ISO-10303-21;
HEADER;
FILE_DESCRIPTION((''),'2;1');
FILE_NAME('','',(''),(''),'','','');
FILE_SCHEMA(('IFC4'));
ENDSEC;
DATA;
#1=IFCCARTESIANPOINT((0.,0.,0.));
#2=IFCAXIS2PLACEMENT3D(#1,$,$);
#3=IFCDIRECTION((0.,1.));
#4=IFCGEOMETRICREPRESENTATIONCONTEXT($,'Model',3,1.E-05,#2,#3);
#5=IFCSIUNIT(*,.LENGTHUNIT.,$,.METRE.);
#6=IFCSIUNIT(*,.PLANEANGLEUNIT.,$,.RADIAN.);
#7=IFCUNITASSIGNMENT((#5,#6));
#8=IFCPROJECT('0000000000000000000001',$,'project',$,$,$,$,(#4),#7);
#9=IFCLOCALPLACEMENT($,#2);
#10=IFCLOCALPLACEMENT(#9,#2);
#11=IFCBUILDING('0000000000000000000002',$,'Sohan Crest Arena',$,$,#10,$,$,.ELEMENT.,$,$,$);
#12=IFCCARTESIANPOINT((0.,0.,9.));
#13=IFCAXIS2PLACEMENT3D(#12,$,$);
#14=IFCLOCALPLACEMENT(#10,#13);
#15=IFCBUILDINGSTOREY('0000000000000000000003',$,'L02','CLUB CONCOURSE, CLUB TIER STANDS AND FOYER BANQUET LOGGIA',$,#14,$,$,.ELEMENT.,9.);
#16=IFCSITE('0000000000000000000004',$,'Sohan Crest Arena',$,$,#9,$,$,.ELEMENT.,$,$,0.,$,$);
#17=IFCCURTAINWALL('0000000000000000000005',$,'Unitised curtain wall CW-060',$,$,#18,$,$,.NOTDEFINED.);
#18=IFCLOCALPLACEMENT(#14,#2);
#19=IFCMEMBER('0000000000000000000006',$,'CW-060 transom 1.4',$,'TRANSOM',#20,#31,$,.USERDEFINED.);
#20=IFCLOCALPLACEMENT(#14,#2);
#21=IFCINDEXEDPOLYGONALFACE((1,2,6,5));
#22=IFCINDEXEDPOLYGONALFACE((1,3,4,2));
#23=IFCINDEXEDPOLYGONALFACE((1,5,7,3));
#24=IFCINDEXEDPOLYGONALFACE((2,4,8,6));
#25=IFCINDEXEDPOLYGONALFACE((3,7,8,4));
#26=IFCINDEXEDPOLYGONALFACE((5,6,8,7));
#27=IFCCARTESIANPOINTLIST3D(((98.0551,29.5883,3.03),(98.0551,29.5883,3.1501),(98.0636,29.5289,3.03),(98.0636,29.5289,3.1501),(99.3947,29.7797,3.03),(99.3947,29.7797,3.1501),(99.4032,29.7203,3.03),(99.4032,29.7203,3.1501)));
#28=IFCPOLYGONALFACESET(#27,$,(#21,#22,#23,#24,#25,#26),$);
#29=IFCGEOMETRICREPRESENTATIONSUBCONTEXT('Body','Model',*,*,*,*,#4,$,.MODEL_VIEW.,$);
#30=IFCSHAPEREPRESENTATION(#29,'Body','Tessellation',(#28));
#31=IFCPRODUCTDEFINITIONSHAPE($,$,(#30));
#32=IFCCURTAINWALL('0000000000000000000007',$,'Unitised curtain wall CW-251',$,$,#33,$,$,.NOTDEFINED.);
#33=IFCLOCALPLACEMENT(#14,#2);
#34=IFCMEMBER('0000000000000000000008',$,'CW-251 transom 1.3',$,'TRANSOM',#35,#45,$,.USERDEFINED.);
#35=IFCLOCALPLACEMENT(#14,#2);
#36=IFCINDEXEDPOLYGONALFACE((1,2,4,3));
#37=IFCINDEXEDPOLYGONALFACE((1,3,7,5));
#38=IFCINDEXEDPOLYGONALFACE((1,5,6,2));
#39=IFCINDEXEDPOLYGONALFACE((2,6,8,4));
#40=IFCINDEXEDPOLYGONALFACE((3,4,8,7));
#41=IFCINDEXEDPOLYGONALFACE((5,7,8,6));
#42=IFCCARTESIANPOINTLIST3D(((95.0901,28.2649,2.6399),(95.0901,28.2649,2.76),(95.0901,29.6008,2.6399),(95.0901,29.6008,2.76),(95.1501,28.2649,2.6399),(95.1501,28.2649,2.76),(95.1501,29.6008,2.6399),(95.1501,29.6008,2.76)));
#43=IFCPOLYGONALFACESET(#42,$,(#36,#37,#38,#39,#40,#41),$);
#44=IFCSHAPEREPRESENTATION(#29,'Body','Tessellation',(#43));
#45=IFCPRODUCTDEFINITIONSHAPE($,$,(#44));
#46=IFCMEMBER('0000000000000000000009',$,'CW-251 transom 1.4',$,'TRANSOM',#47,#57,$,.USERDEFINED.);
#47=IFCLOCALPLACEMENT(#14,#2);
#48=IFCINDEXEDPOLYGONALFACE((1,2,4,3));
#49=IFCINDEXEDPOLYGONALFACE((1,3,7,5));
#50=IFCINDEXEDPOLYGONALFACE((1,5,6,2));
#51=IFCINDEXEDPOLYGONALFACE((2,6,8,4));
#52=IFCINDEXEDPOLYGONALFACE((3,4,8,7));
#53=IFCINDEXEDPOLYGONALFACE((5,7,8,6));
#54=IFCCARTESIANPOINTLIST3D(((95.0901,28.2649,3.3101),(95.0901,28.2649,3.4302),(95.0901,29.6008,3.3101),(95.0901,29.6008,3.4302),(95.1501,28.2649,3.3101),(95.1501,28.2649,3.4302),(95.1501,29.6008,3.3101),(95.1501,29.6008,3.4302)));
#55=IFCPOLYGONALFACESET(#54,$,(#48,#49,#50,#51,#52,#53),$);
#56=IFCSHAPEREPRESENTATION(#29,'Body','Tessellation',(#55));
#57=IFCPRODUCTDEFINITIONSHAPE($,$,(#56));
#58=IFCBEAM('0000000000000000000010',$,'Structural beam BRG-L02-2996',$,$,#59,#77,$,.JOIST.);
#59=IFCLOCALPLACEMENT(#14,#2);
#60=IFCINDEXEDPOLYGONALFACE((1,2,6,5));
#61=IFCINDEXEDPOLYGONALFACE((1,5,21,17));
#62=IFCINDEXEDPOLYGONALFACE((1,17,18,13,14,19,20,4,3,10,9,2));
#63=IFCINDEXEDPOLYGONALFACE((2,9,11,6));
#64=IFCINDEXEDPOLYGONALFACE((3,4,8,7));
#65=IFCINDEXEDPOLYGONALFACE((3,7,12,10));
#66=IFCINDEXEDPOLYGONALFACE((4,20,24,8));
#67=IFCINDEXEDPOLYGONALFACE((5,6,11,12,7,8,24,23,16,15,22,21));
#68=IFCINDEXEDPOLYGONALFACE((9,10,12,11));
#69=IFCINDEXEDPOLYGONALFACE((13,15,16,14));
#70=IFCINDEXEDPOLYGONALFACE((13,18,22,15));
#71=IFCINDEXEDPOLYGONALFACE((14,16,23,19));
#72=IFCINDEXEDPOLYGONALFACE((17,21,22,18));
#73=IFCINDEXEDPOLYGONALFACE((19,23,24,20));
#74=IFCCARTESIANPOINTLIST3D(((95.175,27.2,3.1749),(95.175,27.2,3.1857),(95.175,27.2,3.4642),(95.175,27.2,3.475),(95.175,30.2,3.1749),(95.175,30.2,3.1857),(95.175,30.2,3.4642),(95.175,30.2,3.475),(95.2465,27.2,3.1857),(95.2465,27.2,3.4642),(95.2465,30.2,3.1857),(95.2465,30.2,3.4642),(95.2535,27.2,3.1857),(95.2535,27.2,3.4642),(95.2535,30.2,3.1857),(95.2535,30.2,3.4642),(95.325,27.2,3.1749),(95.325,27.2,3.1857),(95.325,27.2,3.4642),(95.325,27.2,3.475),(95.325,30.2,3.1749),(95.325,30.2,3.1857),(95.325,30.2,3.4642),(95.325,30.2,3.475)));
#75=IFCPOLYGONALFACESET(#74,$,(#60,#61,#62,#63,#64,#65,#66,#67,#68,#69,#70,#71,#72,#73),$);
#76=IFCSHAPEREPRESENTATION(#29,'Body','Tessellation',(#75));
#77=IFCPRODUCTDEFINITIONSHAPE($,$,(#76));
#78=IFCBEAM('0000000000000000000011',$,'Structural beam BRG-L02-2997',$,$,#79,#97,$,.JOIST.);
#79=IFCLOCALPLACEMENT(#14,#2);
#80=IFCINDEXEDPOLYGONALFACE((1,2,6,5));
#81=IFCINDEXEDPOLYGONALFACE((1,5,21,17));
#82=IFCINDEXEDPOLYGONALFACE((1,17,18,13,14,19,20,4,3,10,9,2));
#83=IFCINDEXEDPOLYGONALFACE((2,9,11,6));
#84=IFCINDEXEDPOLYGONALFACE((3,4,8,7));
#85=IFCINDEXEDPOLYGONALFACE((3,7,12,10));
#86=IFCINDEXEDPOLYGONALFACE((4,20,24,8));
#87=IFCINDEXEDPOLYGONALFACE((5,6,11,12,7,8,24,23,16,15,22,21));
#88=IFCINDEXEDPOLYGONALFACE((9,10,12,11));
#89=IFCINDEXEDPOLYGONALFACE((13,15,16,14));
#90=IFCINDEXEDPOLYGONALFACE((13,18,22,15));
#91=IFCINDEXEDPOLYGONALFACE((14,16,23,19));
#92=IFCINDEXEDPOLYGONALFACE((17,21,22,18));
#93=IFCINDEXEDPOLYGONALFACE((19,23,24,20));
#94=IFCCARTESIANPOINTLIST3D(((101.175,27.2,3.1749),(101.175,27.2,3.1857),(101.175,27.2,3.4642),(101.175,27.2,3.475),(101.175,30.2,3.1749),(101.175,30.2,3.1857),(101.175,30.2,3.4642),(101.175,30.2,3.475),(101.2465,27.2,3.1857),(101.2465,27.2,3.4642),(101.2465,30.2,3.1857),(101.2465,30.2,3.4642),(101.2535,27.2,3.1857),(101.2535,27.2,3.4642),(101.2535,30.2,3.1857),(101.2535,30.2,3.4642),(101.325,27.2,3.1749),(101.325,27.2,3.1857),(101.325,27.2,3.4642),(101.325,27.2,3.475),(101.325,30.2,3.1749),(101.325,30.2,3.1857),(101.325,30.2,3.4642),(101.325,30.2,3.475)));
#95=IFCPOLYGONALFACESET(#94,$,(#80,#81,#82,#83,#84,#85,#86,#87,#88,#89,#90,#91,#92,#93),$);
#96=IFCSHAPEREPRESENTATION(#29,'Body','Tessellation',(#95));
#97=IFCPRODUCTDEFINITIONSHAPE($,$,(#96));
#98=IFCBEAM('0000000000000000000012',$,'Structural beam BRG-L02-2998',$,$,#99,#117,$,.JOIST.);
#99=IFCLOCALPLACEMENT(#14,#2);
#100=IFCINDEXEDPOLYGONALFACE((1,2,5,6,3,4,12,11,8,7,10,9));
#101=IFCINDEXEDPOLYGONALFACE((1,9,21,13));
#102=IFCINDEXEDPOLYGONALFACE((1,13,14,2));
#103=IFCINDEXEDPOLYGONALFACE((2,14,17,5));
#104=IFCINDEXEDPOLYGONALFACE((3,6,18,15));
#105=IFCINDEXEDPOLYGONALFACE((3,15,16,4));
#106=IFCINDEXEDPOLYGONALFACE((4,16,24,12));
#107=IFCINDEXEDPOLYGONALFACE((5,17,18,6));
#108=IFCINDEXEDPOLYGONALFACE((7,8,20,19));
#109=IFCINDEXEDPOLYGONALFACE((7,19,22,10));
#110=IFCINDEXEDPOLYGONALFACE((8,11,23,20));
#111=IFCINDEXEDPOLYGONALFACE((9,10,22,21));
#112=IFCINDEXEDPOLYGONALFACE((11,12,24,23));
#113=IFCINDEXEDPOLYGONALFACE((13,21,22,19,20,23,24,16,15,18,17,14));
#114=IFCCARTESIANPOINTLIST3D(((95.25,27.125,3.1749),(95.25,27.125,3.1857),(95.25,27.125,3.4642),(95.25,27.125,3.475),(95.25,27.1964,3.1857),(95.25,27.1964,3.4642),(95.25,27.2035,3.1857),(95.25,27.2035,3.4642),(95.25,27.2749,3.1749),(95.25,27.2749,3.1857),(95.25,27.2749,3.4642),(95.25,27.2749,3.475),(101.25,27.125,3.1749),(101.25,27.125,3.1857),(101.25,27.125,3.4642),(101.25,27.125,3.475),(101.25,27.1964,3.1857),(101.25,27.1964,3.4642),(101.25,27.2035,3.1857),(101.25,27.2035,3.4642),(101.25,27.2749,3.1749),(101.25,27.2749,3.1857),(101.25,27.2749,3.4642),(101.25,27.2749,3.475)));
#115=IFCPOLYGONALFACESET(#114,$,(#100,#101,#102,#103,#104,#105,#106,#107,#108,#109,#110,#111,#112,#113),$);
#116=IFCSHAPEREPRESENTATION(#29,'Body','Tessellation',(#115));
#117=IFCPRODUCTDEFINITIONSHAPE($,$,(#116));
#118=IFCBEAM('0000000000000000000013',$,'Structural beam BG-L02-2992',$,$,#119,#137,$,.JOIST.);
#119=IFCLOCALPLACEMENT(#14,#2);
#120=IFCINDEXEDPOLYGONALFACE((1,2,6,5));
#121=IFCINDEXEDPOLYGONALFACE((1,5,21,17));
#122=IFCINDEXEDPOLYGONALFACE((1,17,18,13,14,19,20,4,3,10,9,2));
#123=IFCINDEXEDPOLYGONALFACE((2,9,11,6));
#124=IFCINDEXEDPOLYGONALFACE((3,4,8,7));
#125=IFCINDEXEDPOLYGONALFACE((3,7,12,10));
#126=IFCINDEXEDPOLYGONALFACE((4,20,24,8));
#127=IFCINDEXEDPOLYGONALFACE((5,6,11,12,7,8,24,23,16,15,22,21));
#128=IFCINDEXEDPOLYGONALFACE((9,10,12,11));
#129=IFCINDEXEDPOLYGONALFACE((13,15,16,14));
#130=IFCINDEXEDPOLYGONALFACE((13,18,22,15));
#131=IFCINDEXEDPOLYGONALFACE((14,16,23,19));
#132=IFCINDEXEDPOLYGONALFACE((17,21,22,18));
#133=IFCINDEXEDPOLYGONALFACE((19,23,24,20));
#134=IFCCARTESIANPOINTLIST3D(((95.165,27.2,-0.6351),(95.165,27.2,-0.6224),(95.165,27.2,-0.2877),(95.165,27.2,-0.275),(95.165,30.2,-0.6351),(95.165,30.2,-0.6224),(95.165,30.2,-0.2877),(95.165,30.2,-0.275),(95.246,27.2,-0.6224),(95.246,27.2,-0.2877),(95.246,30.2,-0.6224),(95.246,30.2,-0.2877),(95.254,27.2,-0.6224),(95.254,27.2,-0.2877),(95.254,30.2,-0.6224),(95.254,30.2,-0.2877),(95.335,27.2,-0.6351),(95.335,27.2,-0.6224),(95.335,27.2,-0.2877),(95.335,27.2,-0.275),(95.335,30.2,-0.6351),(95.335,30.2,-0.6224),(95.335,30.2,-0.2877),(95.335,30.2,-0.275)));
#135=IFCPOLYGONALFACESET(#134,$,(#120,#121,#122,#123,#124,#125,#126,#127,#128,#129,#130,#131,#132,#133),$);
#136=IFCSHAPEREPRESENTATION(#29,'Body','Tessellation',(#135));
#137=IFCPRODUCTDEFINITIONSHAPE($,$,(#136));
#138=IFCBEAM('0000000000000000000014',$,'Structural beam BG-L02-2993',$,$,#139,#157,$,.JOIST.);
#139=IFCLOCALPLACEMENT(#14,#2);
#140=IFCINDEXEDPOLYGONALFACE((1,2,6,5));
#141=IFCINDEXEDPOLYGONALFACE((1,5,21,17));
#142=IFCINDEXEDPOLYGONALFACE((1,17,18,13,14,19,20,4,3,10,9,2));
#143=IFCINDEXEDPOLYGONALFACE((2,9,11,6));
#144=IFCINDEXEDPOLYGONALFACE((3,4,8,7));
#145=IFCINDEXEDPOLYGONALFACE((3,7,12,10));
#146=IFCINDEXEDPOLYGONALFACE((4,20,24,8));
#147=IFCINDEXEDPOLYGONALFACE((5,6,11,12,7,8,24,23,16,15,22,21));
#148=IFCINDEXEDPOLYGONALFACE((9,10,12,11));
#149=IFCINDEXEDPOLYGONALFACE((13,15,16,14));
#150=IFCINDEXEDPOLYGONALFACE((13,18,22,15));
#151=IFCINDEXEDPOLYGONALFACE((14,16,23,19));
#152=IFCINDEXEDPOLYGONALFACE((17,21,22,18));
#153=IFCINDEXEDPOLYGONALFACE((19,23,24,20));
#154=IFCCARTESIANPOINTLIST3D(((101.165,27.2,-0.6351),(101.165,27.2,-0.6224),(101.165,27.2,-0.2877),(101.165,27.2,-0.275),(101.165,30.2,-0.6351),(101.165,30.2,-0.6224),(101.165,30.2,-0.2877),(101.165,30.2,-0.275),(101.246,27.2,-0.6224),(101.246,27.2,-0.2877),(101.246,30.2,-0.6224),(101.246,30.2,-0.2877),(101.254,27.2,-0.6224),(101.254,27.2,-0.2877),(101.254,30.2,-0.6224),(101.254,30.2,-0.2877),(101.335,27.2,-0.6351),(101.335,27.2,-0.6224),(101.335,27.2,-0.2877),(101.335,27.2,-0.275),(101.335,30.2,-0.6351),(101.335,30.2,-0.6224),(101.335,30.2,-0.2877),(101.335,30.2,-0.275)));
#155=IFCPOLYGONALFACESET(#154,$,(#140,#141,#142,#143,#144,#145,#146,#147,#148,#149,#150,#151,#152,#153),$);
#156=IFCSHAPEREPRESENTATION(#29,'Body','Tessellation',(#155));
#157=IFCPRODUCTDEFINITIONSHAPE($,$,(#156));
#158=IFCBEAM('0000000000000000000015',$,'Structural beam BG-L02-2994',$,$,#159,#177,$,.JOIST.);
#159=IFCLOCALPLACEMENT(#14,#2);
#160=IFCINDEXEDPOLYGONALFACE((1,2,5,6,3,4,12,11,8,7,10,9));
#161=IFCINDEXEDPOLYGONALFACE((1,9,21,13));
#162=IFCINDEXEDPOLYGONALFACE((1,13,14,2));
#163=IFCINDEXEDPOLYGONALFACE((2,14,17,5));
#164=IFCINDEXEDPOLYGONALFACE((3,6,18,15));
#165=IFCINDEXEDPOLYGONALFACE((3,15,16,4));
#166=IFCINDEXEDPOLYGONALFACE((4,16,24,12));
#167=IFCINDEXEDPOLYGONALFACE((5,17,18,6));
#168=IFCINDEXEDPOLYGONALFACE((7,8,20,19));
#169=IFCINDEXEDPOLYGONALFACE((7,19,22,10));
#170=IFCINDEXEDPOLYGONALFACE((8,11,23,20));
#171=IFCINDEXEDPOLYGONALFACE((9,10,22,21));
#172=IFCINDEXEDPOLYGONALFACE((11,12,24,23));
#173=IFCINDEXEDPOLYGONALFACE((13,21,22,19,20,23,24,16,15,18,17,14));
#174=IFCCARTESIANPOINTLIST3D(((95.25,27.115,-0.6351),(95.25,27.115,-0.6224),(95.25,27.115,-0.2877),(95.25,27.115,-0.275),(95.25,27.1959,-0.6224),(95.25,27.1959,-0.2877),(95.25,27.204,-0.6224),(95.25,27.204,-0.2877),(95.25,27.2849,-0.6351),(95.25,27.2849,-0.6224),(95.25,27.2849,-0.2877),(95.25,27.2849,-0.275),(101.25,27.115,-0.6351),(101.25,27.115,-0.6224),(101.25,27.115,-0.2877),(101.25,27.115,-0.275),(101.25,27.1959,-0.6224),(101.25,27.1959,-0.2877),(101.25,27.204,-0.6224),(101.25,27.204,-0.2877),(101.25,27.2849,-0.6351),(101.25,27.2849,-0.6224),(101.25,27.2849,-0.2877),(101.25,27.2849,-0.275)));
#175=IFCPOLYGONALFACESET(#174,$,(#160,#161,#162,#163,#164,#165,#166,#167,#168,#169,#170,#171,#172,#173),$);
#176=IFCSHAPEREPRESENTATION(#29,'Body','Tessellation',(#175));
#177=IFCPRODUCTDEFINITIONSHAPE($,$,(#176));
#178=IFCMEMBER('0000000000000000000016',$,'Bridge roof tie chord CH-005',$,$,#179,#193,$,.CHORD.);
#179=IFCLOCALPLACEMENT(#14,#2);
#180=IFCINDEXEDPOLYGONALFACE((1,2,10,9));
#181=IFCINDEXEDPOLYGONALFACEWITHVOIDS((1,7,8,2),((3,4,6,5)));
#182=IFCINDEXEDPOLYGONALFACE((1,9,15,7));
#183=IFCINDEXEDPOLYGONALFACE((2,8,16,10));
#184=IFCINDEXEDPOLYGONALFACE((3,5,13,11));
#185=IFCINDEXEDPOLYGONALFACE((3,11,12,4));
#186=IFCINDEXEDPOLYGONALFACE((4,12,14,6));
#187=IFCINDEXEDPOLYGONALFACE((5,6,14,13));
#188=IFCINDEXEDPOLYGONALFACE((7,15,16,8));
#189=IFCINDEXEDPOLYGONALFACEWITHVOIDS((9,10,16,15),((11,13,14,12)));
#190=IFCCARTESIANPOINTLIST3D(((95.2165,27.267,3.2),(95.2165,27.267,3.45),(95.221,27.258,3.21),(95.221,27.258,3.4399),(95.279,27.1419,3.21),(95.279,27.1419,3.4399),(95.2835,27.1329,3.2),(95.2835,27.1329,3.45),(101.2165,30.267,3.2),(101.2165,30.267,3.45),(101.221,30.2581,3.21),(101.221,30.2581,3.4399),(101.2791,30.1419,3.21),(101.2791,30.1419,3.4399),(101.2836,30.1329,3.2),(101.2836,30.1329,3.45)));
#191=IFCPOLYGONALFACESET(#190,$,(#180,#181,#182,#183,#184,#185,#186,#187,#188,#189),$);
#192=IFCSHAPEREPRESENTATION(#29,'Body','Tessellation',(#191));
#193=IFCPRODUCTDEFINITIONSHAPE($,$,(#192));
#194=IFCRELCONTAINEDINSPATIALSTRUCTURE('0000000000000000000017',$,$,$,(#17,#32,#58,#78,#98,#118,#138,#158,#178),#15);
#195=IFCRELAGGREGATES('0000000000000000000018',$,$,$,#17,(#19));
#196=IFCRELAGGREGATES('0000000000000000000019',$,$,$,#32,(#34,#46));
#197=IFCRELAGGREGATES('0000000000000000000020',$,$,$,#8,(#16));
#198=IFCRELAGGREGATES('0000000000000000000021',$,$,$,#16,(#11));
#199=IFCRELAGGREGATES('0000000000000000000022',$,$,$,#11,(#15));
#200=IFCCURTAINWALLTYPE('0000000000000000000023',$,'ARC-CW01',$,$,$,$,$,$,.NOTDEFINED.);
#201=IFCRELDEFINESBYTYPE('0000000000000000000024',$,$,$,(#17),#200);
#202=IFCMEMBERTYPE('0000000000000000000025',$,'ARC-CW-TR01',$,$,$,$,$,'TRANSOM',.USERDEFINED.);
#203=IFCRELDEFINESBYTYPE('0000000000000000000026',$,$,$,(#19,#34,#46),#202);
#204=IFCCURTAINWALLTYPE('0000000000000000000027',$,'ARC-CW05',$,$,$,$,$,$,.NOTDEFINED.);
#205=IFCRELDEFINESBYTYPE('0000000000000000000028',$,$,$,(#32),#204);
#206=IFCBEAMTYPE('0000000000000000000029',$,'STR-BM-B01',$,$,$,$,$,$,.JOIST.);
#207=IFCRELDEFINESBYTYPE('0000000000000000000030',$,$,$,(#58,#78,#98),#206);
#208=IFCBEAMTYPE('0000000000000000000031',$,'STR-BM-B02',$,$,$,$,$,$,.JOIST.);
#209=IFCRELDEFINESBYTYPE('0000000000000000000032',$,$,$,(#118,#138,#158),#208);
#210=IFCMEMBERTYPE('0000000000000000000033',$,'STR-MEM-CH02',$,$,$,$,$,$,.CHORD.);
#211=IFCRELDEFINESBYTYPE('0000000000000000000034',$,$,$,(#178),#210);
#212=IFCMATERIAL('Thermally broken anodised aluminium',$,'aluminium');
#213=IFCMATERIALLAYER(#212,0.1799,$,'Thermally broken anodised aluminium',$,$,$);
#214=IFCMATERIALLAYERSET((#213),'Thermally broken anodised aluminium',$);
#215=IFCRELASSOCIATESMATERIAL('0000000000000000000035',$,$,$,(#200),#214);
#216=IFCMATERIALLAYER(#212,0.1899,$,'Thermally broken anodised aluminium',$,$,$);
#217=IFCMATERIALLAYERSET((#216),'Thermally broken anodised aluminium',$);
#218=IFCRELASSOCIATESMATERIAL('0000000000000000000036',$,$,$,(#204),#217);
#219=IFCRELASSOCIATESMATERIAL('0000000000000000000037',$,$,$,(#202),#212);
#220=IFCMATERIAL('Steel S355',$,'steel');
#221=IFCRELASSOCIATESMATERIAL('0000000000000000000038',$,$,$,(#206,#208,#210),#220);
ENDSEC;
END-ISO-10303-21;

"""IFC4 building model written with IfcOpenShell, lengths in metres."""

from ifc_helpers import new_model, si_unit, direction, frame, origin, origin_2d, place, context, subcontext, project, spatial, rectangle, hollow_rectangle, i_section, extrude, material, layer, layer_set, material_profile, profile_set, type_object, element, aggregate, save


model = new_model("IFC4")

# Units and contexts
model_context = context("Model", 3, precision=1e-05, world=origin(), true_north=direction((0.0, 1.0)))
body_context = subcontext(model_context, "Body", "Model", "MODEL_VIEW")
ifc_project = project(units=[si_unit("LENGTHUNIT", "METRE"), si_unit("PLANEANGLEUNIT", "RADIAN")], contexts=[model_context])

# Site, building, storey
site_placement = place(None, origin())
site = spatial("IfcSite", under=ifc_project, at=site_placement, Name="Sohan Crest Arena", CompositionType="ELEMENT", RefElevation=0.0)
building_placement = place(site_placement, origin())
building = spatial("IfcBuilding", under=site, at=building_placement, Name="Sohan Crest Arena", CompositionType="ELEMENT")
storey_placement = place(building_placement, frame((0.0, 0.0, 9.0)))
storey = spatial("IfcBuildingStorey", under=building, at=storey_placement, Name="L02", Description="CLUB CONCOURSE, CLUB TIER STANDS AND FOYER BANQUET LOGGIA", CompositionType="ELEMENT", Elevation=9.0)

# Shared definitions
ifc_material_1 = material(Name="Steel S355", Category="steel")

# Curtain wall
ifc_material_2 = material(Name="Thermally broken anodised aluminium", Category="aluminium")
ifc_layer_1 = layer(ifc_material_2, 0.1799, Name="Thermally broken anodised aluminium")
ifc_layer_set_1 = layer_set([ifc_layer_1], Name="Thermally broken anodised aluminium")
curtain_wall_type_1 = type_object("IfcCurtainWallType", Name="ARC-CW01", PredefinedType="NOTDEFINED", material=ifc_layer_set_1)
curtain_wall_1_placement = place(storey_placement, origin())
curtain_wall_1 = element("IfcCurtainWall", 1, at=curtain_wall_1_placement, inside=storey, type_object=curtain_wall_type_1, Name="Unitised curtain wall CW-060", PredefinedType="NOTDEFINED")
ifc_layer_2 = layer(ifc_material_2, 0.1899, Name="Thermally broken anodised aluminium")
ifc_layer_set_2 = layer_set([ifc_layer_2], Name="Thermally broken anodised aluminium")
curtain_wall_type_2 = type_object("IfcCurtainWallType", Name="ARC-CW05", PredefinedType="NOTDEFINED", material=ifc_layer_set_2)

# Member
ifc_material_profile_1 = material_profile(ifc_material_2, rectangle(XDim=0.0601, YDim=0.1201, at=origin_2d()), Name="ALU-TRAN 60x120")
ifc_profile_set_1 = profile_set([ifc_material_profile_1], Name="Thermally broken anodised aluminium")
member_type_1 = type_object("IfcMemberType", Name="ARC-CW-TR01", ElementType="TRANSOM", PredefinedType="USERDEFINED", material=ifc_profile_set_1)
member_1_placement = place(storey_placement, frame((98.0593, 29.5586, 3.0901), z_axis=(0.989946, 0.141447, 0.0), x_axis=(-0.141447, 0.989946, 0.0)))
member_1 = element("IfcMember", 2, at=member_1_placement, type_object=member_type_1, Name="CW-060 transom 1.4", ObjectType="TRANSOM", PredefinedType="USERDEFINED", context=body_context, shape_type="SweptSolid", body=[
    extrude(rectangle(XDim=0.0601, YDim=0.1201, at=origin_2d()), origin(), (0.0, 0.0, 1.0), 1.3533),
])
aggregate(curtain_wall_1, [member_1])

# Curtain wall, members
curtain_wall_2_placement = place(storey_placement, origin())
curtain_wall_2 = element("IfcCurtainWall", 3, at=curtain_wall_2_placement, inside=storey, type_object=curtain_wall_type_2, Name="Unitised curtain wall CW-251", PredefinedType="NOTDEFINED")
member_2_placement = place(storey_placement, frame((95.1201, 28.2649, 2.7), z_axis=(0.0, 1.0, 0.0), x_axis=(-1.0, 0.0, 0.0)))
member_2 = element("IfcMember", 4, at=member_2_placement, type_object=member_type_1, Name="CW-251 transom 1.3", ObjectType="TRANSOM", PredefinedType="USERDEFINED", context=body_context, shape_type="SweptSolid", body=[
    extrude(rectangle(XDim=0.0601, YDim=0.1201, at=origin_2d()), origin(), (0.0, 0.0, 1.0), 1.3359),
])
member_3_placement = place(storey_placement, frame((95.1201, 28.2649, 3.3701), z_axis=(0.0, 1.0, 0.0), x_axis=(-1.0, 0.0, 0.0)))
member_3 = element("IfcMember", 5, at=member_3_placement, type_object=member_type_1, Name="CW-251 transom 1.4", ObjectType="TRANSOM", PredefinedType="USERDEFINED", context=body_context, shape_type="SweptSolid", body=[
    extrude(rectangle(XDim=0.0601, YDim=0.1201, at=origin_2d()), origin(), (0.0, 0.0, 1.0), 1.3359),
])

# Beams
ifc_material_profile_2 = material_profile(ifc_material_1, i_section(OverallWidth=0.1499, OverallDepth=0.3, WebThickness=0.0071, FlangeThickness=0.0107, at=origin_2d()), Name="IPE 300")
ifc_profile_set_2 = profile_set([ifc_material_profile_2], Name="Steel S355")
beam_type_1 = type_object("IfcBeamType", Name="STR-BM-B01", PredefinedType="JOIST", material=ifc_profile_set_2)
for number, where, z_axis, x_axis, name in (
    (6, (95.25, 27.2, 3.325), (0.0, 1.0, 0.0), (-1.0, 0.0, 0.0), "Structural beam BRG-L02-2996"),
    (7, (101.25, 27.2, 3.325), (0.0, 1.0, 0.0), (-1.0, 0.0, 0.0), "Structural beam BRG-L02-2997"),
):
    element("IfcBeam", number, at=place(storey_placement, frame(where, z_axis=z_axis, x_axis=x_axis)), inside=storey, type_object=beam_type_1, Name=name, PredefinedType="JOIST", context=body_context, shape_type="SweptSolid", body=[
        extrude(i_section(OverallWidth=0.1499, OverallDepth=0.3, WebThickness=0.0071, FlangeThickness=0.0107, at=origin_2d()), origin(), (0.0, 0.0, 1.0), 3.0),
    ])
beam_1_placement = place(storey_placement, frame((95.25, 27.2, 3.325), z_axis=(1.0, 0.0, 0.0), x_axis=(0.0, 1.0, 0.0)))
element("IfcBeam", 8, at=beam_1_placement, inside=storey, type_object=beam_type_1, Name="Structural beam BRG-L02-2998", PredefinedType="JOIST", context=body_context, shape_type="SweptSolid", body=[
    extrude(i_section(OverallWidth=0.1499, OverallDepth=0.3, WebThickness=0.0071, FlangeThickness=0.0107, at=origin_2d()), origin(), (0.0, 0.0, 1.0), 6.0),
])
ifc_material_profile_3 = material_profile(ifc_material_1, i_section(OverallWidth=0.1699, OverallDepth=0.3601, WebThickness=0.0081, FlangeThickness=0.0127, at=origin_2d()), Name="IPE 360")
ifc_profile_set_3 = profile_set([ifc_material_profile_3], Name="Steel S355")
beam_type_2 = type_object("IfcBeamType", Name="STR-BM-B02", PredefinedType="JOIST", material=ifc_profile_set_3)
for number, where, z_axis, x_axis, name in (
    (9, (95.25, 27.2, -0.4551), (0.0, 1.0, 0.0), (-1.0, 0.0, 0.0), "Structural beam BG-L02-2992"),
    (10, (101.25, 27.2, -0.4551), (0.0, 1.0, 0.0), (-1.0, 0.0, 0.0), "Structural beam BG-L02-2993"),
):
    element("IfcBeam", number, at=place(storey_placement, frame(where, z_axis=z_axis, x_axis=x_axis)), inside=storey, type_object=beam_type_2, Name=name, PredefinedType="JOIST", context=body_context, shape_type="SweptSolid", body=[
        extrude(i_section(OverallWidth=0.1699, OverallDepth=0.3601, WebThickness=0.0081, FlangeThickness=0.0127, at=origin_2d()), origin(), (0.0, 0.0, 1.0), 3.0),
    ])
beam_2_placement = place(storey_placement, frame((95.25, 27.2, -0.4551), z_axis=(1.0, 0.0, 0.0), x_axis=(0.0, 1.0, 0.0)))
element("IfcBeam", 11, at=beam_2_placement, inside=storey, type_object=beam_type_2, Name="Structural beam BG-L02-2994", PredefinedType="JOIST", context=body_context, shape_type="SweptSolid", body=[
    extrude(i_section(OverallWidth=0.1699, OverallDepth=0.3601, WebThickness=0.0081, FlangeThickness=0.0127, at=origin_2d()), origin(), (0.0, 0.0, 1.0), 6.0),
])

# Member
ifc_material_profile_4 = material_profile(ifc_material_1, hollow_rectangle(XDim=0.1499, YDim=0.25, WallThickness=0.01, at=origin_2d()), Name="RHS 250x150x10")
ifc_profile_set_4 = profile_set([ifc_material_profile_4], Name="Steel S355")
member_type_2 = type_object("IfcMemberType", Name="STR-MEM-CH02", PredefinedType="CHORD", material=ifc_profile_set_4)
member_4_placement = place(storey_placement, frame((95.25, 27.2, 3.325), z_axis=(0.894427, 0.447214, 0.0), x_axis=(-0.447214, 0.894427, 0.0)))
element("IfcMember", 12, at=member_4_placement, inside=storey, type_object=member_type_2, Name="Bridge roof tie chord CH-005", PredefinedType="CHORD", context=body_context, shape_type="SweptSolid", body=[
    extrude(hollow_rectangle(XDim=0.1499, YDim=0.25, WallThickness=0.01, at=origin_2d()), origin(), (0.0, 0.0, 1.0), 6.7083),
])

aggregate(curtain_wall_2, [member_2, member_3])

save(model, "model.ifc")
